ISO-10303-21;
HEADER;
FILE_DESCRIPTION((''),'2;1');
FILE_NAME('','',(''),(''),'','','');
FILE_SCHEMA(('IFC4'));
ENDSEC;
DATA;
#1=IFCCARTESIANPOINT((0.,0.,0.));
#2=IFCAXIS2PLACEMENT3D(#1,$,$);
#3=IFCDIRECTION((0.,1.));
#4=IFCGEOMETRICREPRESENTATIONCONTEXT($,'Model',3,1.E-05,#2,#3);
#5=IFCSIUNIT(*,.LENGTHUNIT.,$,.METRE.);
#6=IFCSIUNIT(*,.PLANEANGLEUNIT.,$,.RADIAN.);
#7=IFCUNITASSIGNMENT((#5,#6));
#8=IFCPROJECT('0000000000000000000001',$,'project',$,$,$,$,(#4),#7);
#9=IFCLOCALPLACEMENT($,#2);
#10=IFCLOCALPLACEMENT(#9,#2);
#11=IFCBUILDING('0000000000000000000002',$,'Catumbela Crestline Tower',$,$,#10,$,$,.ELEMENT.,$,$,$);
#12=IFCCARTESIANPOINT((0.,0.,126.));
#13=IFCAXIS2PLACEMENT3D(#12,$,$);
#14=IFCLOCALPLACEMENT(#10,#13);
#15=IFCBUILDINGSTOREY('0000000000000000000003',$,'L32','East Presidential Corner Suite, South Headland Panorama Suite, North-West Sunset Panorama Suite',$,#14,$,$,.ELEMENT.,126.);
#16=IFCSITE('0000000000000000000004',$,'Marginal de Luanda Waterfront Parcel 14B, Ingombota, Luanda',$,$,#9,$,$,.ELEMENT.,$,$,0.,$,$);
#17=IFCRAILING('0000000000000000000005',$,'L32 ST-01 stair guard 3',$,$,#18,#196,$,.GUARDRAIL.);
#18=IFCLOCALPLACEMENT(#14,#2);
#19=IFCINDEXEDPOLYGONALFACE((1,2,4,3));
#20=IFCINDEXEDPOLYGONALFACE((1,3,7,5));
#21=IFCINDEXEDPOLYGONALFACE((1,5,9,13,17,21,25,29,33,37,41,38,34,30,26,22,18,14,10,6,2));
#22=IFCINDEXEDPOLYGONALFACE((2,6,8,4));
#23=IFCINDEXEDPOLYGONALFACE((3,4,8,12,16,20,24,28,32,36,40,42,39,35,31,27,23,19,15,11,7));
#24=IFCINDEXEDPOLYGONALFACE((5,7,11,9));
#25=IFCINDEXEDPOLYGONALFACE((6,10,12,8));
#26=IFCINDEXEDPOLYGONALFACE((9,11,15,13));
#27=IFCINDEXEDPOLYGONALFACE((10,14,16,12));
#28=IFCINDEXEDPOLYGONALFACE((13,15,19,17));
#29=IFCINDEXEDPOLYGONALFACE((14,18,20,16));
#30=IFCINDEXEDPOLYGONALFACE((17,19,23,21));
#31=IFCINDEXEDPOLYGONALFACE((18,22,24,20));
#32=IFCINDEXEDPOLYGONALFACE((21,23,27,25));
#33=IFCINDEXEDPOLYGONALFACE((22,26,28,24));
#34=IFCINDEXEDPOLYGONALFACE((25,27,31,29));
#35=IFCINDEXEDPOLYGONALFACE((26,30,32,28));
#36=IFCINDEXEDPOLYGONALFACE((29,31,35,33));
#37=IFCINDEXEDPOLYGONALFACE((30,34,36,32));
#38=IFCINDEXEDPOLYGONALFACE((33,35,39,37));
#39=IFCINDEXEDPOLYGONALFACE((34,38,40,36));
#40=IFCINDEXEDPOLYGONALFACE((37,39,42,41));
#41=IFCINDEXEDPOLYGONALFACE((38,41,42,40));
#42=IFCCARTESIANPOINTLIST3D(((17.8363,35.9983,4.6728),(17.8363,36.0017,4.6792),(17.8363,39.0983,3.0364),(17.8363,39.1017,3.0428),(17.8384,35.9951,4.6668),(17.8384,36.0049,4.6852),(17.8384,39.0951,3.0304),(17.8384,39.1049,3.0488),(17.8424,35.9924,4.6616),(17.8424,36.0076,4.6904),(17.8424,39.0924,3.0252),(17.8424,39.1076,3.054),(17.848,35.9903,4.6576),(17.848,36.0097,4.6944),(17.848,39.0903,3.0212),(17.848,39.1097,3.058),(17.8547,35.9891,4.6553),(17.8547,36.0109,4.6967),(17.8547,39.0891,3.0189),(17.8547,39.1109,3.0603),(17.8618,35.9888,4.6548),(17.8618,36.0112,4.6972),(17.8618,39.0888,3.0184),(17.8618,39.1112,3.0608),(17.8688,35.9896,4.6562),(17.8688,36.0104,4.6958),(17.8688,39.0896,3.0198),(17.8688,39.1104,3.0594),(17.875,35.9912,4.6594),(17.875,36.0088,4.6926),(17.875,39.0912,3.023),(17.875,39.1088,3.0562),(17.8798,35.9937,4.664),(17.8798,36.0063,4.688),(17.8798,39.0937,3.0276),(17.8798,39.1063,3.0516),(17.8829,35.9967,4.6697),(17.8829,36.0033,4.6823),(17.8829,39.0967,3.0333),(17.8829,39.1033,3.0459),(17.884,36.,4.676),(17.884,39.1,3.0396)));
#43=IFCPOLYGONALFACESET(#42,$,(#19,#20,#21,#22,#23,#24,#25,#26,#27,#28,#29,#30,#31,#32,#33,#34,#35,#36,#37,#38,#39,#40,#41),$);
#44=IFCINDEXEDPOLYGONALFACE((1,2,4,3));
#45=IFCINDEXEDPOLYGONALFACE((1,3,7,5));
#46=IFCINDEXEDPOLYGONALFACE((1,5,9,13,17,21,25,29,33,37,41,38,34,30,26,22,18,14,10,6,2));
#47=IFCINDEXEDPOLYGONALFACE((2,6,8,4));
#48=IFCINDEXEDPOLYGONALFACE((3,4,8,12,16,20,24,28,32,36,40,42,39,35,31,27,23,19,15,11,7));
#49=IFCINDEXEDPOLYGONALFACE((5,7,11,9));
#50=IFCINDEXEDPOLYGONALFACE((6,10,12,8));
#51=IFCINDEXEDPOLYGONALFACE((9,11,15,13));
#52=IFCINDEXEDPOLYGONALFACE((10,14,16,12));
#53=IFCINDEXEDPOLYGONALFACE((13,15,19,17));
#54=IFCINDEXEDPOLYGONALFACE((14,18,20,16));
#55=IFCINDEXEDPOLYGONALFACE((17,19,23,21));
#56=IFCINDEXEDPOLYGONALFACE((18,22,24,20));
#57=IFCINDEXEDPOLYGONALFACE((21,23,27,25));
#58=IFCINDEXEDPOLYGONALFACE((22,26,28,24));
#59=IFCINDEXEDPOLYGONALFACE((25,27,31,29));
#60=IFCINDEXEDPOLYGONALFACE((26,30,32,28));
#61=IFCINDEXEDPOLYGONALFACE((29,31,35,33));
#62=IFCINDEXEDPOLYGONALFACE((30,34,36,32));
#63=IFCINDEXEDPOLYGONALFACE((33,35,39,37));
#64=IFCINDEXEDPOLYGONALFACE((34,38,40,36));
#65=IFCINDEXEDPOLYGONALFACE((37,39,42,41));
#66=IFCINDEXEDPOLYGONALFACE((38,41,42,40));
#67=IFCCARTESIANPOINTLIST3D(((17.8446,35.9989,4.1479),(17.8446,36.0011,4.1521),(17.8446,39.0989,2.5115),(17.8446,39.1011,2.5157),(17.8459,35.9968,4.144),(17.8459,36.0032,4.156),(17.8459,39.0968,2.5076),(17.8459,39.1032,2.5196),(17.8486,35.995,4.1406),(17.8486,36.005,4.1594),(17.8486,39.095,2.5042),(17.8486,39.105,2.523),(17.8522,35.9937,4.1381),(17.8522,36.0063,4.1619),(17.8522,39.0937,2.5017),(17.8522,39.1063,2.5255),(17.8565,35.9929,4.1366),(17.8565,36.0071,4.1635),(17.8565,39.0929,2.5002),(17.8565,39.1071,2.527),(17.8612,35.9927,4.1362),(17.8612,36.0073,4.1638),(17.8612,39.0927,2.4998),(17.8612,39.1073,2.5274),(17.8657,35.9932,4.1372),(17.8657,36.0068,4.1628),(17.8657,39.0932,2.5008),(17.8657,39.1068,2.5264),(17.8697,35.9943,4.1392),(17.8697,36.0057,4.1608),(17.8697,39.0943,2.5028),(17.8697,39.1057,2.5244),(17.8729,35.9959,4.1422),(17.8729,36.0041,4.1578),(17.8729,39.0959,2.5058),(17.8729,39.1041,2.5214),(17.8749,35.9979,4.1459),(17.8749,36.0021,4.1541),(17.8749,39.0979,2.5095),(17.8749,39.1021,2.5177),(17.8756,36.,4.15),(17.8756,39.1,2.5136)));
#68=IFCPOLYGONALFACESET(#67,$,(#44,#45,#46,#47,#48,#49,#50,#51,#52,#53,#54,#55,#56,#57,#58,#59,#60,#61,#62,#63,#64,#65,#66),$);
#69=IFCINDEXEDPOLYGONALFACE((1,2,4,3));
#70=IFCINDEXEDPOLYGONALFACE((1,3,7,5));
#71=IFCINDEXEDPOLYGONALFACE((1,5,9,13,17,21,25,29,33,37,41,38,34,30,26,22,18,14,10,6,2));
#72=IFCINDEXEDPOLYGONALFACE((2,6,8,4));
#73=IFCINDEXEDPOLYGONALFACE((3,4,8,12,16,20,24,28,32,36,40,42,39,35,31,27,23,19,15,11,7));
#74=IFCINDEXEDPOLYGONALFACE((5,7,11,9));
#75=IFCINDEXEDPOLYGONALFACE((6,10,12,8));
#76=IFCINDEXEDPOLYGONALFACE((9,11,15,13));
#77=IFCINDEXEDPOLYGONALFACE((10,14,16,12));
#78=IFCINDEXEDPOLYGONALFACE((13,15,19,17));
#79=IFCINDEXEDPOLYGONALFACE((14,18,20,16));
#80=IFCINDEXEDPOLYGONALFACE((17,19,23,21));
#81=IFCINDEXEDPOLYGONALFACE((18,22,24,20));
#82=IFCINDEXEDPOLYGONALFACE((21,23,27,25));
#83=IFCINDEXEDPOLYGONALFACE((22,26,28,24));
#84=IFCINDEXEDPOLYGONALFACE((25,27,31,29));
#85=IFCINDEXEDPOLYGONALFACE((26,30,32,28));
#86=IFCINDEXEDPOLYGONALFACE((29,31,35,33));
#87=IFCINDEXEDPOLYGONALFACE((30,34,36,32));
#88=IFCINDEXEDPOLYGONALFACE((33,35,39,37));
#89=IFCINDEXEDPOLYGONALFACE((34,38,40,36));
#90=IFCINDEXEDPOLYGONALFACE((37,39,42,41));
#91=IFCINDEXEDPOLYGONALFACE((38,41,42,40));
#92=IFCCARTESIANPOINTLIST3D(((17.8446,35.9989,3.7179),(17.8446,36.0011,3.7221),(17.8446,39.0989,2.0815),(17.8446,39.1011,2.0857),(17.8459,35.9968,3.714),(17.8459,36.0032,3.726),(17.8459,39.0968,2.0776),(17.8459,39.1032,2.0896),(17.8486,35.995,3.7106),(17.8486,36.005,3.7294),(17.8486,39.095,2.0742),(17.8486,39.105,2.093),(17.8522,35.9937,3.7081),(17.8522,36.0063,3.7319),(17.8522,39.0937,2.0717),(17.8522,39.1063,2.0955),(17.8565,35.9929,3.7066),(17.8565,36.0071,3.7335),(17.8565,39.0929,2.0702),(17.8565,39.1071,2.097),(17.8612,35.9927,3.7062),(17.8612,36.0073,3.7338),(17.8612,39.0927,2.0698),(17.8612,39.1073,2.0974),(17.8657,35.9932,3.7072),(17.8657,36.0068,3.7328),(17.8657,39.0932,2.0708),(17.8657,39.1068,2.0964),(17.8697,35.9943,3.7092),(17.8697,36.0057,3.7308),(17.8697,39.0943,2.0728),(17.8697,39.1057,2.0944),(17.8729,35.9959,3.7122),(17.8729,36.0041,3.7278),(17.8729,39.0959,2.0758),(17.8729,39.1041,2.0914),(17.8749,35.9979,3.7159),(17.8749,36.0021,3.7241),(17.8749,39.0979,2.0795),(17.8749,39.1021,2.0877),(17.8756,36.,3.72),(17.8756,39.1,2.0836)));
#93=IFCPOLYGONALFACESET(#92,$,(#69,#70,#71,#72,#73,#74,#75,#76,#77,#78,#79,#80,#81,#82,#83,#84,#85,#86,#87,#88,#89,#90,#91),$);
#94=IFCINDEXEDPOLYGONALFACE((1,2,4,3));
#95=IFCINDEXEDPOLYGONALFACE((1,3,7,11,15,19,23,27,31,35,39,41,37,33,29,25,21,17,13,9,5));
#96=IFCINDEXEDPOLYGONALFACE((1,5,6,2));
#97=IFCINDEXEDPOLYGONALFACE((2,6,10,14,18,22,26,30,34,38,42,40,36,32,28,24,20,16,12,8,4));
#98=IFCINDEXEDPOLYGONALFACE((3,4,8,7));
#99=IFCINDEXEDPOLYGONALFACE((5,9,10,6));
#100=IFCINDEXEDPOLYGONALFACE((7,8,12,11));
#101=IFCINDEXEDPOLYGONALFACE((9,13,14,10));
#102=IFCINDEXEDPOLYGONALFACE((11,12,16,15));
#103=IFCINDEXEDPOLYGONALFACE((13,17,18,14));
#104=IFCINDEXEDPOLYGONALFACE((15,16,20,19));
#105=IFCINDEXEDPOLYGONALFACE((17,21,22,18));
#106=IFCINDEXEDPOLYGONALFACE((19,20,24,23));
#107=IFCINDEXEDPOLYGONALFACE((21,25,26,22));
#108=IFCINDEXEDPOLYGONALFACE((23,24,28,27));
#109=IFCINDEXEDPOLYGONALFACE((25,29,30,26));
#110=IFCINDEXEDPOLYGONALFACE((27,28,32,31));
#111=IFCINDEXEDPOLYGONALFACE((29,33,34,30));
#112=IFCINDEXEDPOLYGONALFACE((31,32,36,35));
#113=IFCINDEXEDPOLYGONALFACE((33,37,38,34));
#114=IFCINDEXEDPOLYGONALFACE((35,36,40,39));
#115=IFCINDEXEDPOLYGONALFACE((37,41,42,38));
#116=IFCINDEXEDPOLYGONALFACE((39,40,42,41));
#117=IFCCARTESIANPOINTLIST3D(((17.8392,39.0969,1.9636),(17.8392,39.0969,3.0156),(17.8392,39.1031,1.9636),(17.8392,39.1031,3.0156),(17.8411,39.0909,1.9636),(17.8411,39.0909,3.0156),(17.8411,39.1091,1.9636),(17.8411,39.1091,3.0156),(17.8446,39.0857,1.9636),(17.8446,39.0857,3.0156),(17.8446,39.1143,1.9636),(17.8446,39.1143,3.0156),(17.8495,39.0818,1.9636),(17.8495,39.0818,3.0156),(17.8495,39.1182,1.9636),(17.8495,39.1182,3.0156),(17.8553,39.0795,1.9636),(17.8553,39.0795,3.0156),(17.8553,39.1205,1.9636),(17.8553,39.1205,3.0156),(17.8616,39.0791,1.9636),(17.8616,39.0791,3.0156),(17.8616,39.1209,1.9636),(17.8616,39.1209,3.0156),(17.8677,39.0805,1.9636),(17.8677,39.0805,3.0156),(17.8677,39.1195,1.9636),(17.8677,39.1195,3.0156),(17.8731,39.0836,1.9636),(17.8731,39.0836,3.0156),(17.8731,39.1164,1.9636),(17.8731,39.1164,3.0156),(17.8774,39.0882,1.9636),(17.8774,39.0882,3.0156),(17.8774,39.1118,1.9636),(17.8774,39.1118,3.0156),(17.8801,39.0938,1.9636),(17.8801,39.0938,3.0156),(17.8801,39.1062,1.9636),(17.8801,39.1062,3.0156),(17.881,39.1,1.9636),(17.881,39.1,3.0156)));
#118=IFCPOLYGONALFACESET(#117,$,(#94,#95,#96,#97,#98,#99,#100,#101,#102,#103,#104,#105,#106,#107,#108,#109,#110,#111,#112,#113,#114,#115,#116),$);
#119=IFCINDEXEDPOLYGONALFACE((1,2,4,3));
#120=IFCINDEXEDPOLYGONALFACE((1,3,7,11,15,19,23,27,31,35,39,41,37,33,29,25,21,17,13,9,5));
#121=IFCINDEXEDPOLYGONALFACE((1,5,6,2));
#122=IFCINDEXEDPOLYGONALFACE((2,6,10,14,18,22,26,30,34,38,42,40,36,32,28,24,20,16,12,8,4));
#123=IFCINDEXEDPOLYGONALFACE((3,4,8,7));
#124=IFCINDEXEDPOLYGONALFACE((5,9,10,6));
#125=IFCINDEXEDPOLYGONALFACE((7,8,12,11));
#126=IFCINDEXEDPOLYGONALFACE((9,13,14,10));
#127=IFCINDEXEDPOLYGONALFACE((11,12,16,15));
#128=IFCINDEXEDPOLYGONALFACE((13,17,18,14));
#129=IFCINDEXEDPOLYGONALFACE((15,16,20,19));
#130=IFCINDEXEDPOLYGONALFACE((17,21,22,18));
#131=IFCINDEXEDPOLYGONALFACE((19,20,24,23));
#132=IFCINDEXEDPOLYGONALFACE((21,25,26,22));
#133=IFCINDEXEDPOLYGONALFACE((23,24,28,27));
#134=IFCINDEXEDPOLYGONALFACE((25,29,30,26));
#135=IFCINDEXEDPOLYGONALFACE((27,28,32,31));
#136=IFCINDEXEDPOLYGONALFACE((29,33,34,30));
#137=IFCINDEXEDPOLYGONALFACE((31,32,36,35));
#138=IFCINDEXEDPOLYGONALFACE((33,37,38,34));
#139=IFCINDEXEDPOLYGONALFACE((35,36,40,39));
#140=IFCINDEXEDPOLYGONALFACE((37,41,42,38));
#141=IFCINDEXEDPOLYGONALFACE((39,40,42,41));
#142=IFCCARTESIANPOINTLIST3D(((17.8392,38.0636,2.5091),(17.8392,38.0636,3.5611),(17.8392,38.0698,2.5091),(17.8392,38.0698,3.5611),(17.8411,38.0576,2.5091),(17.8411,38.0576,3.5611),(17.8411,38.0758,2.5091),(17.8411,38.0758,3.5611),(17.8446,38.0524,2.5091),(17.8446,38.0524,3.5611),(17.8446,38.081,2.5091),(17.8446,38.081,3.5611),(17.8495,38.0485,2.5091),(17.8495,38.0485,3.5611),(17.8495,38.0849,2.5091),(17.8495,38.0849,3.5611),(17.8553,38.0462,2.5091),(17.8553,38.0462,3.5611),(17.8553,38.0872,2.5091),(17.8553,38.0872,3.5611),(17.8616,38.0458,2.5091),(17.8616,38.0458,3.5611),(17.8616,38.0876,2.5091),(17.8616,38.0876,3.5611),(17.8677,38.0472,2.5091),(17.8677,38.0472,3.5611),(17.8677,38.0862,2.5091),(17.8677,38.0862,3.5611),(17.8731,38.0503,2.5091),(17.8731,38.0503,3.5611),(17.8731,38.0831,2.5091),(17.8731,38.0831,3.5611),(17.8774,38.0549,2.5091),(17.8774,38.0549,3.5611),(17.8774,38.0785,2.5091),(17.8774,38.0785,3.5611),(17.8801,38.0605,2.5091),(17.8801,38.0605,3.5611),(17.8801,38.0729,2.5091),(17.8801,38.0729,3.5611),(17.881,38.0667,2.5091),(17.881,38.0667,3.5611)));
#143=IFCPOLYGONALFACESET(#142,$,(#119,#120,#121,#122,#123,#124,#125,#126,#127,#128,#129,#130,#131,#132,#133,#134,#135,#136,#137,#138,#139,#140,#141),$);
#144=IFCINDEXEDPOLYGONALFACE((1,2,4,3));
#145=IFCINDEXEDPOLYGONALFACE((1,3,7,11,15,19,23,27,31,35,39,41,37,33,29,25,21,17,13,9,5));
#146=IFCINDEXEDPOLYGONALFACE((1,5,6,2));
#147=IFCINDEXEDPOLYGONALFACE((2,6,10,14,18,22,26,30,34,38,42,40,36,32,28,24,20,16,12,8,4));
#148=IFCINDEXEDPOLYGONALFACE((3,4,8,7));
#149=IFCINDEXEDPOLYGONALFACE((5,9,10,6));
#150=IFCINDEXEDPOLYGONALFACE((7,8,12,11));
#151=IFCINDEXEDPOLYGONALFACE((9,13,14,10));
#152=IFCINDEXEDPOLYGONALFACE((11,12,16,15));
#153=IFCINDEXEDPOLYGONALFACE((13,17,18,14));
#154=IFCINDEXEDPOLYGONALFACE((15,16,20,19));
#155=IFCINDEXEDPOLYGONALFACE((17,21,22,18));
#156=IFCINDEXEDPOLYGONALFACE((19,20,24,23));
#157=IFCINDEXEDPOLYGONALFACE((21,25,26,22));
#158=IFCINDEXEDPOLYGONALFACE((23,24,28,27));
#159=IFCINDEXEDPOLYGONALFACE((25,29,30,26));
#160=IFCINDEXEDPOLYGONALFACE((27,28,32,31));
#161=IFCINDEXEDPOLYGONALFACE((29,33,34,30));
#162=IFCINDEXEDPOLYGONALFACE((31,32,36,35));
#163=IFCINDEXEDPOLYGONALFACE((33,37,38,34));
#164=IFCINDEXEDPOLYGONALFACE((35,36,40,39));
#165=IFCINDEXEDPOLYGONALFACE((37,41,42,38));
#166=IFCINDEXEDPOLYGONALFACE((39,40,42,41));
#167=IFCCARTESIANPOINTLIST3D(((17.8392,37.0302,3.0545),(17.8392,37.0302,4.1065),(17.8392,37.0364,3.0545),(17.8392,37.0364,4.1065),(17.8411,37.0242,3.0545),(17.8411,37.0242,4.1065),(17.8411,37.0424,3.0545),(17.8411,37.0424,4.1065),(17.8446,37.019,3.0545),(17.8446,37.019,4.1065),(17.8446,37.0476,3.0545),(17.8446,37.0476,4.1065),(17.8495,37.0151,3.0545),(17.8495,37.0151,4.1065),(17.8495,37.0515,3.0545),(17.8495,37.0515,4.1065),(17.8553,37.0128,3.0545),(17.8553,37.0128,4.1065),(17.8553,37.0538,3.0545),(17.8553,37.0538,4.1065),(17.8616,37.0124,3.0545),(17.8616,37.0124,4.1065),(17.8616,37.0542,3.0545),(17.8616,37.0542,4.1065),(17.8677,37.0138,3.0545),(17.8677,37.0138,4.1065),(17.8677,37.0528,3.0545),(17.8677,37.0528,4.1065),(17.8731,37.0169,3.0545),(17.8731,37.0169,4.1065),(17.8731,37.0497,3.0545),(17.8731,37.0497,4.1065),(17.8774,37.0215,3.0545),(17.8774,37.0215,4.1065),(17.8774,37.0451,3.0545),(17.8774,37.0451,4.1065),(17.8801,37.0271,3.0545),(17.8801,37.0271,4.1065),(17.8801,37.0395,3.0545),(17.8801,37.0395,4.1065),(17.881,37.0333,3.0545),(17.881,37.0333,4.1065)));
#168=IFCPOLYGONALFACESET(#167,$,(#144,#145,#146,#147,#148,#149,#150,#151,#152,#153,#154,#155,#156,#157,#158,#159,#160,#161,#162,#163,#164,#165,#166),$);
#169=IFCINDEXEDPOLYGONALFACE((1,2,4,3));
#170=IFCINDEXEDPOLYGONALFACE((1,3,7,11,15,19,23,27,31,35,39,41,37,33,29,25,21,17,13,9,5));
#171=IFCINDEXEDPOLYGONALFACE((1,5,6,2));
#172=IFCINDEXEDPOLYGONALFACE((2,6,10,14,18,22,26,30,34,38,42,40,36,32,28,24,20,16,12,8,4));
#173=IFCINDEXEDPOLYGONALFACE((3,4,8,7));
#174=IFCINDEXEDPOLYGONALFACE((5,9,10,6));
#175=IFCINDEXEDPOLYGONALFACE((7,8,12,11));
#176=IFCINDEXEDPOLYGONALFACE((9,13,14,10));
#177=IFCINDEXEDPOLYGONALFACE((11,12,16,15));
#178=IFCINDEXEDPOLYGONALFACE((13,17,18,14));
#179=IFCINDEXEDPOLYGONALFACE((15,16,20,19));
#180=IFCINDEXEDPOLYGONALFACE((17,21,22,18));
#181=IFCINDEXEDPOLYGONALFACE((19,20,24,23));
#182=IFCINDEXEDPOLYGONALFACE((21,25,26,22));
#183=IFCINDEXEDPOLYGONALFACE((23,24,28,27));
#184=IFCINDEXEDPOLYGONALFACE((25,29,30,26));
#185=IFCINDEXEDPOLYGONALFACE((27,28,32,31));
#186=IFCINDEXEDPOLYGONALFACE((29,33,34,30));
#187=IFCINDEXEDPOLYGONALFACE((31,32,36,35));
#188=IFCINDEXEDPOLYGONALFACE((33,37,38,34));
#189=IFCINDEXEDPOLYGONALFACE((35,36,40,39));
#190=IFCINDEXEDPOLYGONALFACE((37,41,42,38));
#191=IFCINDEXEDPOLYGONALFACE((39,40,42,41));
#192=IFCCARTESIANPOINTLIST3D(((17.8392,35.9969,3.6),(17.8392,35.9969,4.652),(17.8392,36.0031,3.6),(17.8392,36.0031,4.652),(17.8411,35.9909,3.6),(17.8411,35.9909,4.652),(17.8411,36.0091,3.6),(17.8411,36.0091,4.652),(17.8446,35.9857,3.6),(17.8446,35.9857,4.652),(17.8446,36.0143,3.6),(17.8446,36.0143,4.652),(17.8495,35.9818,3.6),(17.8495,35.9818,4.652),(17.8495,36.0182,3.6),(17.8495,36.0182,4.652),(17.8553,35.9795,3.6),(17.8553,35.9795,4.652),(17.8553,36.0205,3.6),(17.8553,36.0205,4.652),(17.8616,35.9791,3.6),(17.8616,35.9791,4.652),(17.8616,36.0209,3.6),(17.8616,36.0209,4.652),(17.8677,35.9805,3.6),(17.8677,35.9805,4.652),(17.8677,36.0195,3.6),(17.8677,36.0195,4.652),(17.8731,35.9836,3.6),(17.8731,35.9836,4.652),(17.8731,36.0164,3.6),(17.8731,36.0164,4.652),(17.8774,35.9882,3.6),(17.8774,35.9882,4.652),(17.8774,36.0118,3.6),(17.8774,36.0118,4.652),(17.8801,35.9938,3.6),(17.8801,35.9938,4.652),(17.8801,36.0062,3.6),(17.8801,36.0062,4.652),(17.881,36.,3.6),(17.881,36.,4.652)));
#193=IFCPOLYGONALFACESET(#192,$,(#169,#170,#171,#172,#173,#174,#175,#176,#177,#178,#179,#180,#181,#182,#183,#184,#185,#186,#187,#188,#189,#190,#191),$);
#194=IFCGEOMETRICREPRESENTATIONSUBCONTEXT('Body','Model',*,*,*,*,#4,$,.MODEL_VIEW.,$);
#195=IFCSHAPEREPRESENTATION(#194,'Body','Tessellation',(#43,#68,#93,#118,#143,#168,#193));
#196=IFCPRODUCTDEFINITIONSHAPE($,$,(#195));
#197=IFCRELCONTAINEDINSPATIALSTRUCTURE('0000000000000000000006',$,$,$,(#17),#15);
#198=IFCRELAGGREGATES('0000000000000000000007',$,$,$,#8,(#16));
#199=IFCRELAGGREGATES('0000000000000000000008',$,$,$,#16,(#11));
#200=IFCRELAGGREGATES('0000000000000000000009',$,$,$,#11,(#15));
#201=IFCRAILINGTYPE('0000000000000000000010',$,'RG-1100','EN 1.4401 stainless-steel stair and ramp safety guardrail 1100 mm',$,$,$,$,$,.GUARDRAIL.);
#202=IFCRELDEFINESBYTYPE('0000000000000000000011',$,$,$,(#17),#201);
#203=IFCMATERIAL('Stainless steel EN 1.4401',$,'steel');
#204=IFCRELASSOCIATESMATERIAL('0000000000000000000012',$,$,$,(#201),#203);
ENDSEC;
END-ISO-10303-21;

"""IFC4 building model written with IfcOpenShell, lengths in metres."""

from ifc_helpers import new_model, si_unit, direction, frame, origin, origin_2d, place, context, subcontext, project, spatial, circle, extrude, material, type_object, element, save


model = new_model("IFC4")

# Units and contexts
model_context = context("Model", 3, precision=1e-05, world=origin(), true_north=direction((0.0, 1.0)))
body_context = subcontext(model_context, "Body", "Model", "MODEL_VIEW")
ifc_project = project(units=[si_unit("LENGTHUNIT", "METRE"), si_unit("PLANEANGLEUNIT", "RADIAN")], contexts=[model_context])

# Site, building, storey
site_placement = place(None, origin())
site = spatial("IfcSite", under=ifc_project, at=site_placement, Name="Marginal de Luanda Waterfront Parcel 14B, Ingombota, Luanda", CompositionType="ELEMENT", RefElevation=0.0)
building_placement = place(site_placement, origin())
building = spatial("IfcBuilding", under=site, at=building_placement, Name="Catumbela Crestline Tower", CompositionType="ELEMENT")
storey_placement = place(building_placement, frame((0.0, 0.0, 126.0)))
storey = spatial("IfcBuildingStorey", under=building, at=storey_placement, Name="L32", Description="East Presidential Corner Suite, South Headland Panorama Suite, North-West Sunset Panorama Suite", CompositionType="ELEMENT", Elevation=126.0)

# Railing
ifc_material_1 = material(Name="Stainless steel EN 1.4401", Category="steel")
railing_type_1 = type_object("IfcRailingType", Name="RG-1100", Description="EN 1.4401 stainless-steel stair and ramp safety guardrail 1100 mm", PredefinedType="GUARDRAIL", material=ifc_material_1)
railing_1_placement = place(storey_placement, frame((17.86, 39.1, 1.9636)))
element("IfcRailing", 1, at=railing_1_placement, inside=storey, type_object=railing_type_1, Name="L32 ST-01 stair guard 3", PredefinedType="GUARDRAIL", context=body_context, shape_type="SweptSolid", body=[
    extrude(circle(Radius=0.024, at=origin_2d()), frame((0.0, 0.0, 1.076), z_axis=(0.0, -0.884351, 0.466823), x_axis=(1.0, 0.0, 0.0)), (0.0, 0.0, 1.0), 3.5054),
    extrude(circle(Radius=0.0156, at=origin_2d()), frame((0.0, 0.0, 0.55), z_axis=(0.0, -0.884351, 0.466823), x_axis=(1.0, 0.0, 0.0)), (0.0, 0.0, 1.0), 3.5054),
    extrude(circle(Radius=0.0156, at=origin_2d()), frame((0.0, 0.0, 0.12), z_axis=(0.0, -0.884351, 0.466823), x_axis=(1.0, 0.0, 0.0)), (0.0, 0.0, 1.0), 3.5054),
    extrude(circle(Radius=0.021, at=origin_2d()), origin(), (0.0, 0.0, 1.0), 1.052),
    extrude(circle(Radius=0.021, at=origin_2d()), frame((0.0, -1.0333, 0.5455)), (0.0, 0.0, 1.0), 1.052),
    extrude(circle(Radius=0.021, at=origin_2d()), frame((0.0, -2.0667, 1.0909)), (0.0, 0.0, 1.0), 1.052),
    extrude(circle(Radius=0.021, at=origin_2d()), frame((0.0, -3.1, 1.6364)), (0.0, 0.0, 1.0), 1.052),
])

save(model, "model.ifc")
